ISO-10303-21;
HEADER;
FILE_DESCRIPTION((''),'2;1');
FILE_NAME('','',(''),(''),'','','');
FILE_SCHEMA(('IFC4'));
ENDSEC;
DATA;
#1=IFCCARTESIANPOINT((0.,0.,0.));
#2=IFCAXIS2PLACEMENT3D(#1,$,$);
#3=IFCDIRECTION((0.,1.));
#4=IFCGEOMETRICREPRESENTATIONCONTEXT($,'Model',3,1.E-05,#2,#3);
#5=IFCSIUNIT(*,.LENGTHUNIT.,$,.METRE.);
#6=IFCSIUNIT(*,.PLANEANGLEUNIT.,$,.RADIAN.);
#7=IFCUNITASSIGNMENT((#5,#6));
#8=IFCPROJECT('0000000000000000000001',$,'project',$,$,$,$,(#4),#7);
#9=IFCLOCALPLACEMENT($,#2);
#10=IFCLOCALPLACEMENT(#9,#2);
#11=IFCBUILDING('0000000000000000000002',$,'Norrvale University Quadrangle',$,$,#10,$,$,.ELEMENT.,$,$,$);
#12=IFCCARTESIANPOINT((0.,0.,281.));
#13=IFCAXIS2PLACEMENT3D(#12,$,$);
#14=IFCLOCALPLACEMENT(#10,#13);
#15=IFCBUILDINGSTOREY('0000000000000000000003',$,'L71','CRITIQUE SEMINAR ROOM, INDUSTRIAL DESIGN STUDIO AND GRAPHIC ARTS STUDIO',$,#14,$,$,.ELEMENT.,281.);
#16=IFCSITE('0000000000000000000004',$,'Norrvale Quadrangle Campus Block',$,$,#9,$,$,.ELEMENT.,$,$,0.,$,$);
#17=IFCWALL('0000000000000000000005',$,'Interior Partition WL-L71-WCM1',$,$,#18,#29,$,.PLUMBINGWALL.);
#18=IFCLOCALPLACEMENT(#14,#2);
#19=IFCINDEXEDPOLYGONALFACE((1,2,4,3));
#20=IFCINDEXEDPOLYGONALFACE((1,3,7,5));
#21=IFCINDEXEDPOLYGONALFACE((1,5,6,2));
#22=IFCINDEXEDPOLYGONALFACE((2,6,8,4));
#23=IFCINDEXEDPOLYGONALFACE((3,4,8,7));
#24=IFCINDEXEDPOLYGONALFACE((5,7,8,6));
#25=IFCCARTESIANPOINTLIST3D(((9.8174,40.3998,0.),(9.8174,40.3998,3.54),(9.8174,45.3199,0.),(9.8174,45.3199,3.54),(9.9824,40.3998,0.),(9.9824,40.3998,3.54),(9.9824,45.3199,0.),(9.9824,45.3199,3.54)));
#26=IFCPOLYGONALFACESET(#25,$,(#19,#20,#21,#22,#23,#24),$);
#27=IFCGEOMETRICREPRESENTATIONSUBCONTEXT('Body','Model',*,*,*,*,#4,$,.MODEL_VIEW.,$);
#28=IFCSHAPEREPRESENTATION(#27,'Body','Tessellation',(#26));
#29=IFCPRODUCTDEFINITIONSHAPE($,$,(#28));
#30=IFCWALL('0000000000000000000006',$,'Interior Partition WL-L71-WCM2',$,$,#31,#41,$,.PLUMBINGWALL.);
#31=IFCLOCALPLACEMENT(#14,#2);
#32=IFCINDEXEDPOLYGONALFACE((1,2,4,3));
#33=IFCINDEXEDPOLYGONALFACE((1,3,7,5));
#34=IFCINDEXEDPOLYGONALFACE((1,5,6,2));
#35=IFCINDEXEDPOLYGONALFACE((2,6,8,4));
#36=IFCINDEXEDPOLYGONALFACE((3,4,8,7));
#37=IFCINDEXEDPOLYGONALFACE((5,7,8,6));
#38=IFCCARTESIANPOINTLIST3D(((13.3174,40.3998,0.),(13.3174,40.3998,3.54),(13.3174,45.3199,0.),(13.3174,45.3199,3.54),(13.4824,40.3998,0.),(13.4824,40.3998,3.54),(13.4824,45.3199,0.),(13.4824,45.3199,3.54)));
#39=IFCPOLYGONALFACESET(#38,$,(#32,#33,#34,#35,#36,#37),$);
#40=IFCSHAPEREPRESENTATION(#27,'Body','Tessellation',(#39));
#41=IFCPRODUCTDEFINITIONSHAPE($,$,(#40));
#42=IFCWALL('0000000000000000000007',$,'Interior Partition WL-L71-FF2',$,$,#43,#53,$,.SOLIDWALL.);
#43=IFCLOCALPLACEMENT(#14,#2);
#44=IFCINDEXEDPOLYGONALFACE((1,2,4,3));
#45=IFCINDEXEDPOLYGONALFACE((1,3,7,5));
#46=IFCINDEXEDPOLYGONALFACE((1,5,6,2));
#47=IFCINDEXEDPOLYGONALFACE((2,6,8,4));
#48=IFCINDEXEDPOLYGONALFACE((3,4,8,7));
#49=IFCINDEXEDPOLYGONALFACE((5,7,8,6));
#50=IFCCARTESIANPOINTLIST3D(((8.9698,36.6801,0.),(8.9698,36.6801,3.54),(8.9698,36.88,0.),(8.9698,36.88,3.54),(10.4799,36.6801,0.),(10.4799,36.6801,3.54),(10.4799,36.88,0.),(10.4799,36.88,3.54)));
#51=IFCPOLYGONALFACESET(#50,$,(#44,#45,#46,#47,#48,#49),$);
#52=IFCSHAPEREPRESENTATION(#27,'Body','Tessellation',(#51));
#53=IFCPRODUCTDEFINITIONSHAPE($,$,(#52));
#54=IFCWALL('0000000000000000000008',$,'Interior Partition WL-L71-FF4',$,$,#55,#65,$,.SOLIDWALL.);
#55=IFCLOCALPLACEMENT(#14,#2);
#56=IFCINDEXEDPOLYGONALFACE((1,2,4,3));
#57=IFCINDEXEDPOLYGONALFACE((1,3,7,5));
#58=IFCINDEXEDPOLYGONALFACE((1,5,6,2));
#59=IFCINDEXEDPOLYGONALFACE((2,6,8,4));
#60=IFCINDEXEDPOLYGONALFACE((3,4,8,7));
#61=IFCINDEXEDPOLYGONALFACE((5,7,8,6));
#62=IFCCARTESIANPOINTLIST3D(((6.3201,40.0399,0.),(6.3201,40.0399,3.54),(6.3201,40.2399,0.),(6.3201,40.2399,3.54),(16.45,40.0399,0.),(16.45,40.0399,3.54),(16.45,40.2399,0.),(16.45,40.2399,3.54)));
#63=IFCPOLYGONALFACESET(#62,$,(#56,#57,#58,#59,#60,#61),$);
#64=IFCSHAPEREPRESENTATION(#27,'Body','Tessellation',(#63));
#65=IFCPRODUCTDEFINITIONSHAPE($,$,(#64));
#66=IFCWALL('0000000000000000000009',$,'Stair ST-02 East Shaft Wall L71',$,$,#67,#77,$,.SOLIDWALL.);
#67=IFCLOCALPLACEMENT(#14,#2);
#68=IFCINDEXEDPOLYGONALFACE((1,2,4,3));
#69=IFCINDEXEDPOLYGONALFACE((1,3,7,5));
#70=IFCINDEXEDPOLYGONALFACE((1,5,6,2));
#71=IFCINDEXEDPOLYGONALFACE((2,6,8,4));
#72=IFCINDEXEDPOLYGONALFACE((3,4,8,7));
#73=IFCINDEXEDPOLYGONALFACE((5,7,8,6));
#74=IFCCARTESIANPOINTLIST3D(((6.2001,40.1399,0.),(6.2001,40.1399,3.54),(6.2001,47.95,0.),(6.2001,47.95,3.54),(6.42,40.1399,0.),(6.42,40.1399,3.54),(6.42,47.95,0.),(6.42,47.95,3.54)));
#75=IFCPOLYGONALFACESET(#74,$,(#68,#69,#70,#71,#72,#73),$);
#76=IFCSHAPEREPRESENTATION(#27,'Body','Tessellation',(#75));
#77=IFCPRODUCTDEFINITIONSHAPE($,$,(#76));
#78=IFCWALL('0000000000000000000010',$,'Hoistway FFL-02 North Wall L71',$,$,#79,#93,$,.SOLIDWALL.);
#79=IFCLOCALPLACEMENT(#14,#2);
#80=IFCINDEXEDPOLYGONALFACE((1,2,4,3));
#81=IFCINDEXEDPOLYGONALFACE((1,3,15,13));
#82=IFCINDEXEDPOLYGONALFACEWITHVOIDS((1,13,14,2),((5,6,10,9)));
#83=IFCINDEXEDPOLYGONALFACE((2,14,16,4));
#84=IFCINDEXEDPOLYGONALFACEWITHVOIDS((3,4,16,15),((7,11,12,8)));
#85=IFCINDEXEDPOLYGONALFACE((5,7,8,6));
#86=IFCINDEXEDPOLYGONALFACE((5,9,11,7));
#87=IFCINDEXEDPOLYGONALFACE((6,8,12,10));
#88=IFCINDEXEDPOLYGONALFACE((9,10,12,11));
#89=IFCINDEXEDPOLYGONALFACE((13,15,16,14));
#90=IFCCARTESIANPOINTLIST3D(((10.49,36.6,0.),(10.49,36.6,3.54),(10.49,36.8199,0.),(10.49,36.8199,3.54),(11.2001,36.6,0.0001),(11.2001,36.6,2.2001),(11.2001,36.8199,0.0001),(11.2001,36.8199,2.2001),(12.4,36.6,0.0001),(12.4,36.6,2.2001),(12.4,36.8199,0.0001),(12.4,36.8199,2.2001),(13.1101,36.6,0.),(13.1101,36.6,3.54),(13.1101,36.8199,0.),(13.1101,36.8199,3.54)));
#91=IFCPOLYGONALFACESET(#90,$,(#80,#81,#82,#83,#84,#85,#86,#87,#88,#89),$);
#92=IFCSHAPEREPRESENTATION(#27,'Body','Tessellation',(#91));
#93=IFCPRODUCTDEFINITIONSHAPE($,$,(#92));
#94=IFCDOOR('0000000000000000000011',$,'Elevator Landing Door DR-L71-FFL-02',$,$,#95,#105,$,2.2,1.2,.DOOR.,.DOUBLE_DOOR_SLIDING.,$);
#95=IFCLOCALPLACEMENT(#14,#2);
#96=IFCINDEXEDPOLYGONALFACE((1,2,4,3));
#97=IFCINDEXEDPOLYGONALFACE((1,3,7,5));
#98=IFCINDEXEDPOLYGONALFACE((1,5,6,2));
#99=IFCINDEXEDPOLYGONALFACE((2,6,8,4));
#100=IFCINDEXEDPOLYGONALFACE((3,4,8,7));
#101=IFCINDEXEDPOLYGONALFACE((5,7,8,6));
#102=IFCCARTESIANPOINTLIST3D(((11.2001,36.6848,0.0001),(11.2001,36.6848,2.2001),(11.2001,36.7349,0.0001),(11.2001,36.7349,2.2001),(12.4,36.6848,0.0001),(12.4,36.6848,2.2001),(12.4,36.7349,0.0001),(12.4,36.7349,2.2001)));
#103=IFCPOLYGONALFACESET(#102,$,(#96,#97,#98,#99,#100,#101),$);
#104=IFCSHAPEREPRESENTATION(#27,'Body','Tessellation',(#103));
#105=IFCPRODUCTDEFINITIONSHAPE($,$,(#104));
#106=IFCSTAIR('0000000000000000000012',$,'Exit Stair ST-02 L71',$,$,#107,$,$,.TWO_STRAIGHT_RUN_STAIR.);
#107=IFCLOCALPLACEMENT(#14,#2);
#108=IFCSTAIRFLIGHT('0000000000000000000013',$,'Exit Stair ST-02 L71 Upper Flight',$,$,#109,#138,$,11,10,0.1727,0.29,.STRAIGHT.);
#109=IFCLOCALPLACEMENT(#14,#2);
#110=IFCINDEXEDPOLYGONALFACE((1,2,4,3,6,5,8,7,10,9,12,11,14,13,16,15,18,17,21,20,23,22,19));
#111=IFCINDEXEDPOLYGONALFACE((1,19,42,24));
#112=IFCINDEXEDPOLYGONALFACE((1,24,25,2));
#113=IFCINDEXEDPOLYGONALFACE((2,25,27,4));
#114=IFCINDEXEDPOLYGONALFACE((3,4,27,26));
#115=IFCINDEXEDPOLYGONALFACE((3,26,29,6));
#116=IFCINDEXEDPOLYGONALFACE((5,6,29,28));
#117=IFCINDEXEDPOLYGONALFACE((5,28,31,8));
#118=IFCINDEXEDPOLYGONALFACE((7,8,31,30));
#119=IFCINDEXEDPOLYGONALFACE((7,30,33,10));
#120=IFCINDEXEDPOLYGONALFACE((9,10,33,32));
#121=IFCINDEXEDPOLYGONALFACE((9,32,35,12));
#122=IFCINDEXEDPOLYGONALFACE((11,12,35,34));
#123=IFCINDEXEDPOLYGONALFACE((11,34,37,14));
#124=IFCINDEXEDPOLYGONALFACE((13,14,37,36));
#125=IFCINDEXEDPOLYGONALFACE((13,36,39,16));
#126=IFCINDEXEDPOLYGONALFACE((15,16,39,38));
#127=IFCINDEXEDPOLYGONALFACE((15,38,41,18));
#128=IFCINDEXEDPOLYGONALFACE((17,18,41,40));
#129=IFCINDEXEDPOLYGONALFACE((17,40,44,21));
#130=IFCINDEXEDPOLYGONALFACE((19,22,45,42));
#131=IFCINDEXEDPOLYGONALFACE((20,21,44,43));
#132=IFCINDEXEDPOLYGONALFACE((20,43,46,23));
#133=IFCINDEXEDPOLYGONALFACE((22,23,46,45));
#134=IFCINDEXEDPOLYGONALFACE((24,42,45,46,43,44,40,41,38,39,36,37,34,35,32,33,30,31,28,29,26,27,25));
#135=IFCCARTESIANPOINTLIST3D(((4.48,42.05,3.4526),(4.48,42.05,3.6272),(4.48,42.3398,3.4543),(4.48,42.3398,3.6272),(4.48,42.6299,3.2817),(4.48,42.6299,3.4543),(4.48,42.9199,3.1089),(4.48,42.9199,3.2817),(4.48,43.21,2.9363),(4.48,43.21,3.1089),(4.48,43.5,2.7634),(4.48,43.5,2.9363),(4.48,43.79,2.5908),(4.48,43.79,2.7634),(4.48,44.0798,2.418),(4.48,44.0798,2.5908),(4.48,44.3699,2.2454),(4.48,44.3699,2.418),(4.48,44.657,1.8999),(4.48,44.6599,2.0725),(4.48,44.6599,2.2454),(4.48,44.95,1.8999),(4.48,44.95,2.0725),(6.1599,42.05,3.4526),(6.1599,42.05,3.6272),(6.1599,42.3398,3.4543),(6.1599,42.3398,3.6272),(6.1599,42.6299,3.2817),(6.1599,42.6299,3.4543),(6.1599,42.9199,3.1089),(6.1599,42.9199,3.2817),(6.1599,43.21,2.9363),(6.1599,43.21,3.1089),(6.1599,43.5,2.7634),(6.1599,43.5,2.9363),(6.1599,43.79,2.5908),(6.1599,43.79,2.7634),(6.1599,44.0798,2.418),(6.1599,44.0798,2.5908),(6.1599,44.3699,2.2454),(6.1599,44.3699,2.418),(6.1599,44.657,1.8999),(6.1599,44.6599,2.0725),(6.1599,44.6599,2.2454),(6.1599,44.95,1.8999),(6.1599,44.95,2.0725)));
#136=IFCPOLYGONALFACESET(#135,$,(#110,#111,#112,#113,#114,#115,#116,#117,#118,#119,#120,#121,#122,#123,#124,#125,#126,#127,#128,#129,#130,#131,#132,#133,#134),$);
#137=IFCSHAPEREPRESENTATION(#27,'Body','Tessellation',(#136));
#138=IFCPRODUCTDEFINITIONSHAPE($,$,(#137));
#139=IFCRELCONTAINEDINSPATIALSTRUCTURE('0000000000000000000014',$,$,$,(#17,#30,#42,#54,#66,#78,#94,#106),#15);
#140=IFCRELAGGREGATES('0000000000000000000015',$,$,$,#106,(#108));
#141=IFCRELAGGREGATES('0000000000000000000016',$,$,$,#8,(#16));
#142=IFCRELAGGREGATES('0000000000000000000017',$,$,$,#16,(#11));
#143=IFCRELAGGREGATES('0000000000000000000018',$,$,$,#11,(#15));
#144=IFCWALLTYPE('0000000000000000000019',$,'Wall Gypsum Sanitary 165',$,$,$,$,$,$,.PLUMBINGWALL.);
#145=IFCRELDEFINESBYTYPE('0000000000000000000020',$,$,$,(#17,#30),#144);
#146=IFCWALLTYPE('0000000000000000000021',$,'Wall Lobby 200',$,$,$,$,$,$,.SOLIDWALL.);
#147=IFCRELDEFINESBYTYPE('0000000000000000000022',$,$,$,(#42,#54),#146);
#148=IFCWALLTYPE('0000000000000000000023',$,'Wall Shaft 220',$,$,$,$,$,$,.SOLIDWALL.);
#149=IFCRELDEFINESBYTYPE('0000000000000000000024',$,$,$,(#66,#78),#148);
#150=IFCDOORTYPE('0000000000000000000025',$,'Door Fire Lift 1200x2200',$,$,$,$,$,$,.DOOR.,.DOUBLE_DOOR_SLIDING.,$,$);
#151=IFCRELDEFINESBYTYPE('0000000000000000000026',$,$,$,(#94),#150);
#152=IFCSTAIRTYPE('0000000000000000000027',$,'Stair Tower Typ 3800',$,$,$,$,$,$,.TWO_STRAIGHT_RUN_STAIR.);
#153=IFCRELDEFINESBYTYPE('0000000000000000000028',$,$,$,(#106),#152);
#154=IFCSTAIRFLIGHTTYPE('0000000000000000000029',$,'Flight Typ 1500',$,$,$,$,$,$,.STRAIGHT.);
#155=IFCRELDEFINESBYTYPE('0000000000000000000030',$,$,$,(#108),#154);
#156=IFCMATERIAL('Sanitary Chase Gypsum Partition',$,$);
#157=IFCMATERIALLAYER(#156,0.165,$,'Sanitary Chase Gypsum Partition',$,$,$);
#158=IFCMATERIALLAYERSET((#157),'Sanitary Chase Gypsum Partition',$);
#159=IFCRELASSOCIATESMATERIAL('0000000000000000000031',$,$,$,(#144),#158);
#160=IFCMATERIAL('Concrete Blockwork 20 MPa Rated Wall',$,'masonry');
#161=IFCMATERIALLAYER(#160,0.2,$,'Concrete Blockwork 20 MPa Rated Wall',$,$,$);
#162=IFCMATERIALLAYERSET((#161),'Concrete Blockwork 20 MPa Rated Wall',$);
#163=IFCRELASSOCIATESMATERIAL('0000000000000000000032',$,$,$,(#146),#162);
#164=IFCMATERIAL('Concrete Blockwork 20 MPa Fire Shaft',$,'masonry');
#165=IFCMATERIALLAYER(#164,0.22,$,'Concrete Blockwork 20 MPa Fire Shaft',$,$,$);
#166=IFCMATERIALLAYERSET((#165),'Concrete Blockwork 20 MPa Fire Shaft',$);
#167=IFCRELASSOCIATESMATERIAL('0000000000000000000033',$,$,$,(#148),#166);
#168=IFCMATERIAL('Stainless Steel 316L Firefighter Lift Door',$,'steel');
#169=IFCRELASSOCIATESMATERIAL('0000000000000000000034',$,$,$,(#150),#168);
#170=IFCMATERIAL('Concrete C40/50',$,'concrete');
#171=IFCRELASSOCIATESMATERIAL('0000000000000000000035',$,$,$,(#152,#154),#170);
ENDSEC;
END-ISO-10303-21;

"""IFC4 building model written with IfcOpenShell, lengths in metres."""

from ifc_helpers import new_model, si_unit, direction, frame, frame_2d, origin, place, context, subcontext, project, spatial, polyline, rectangle, outline, extrude, material, layer, layer_set, type_object, element, fill, aggregate, save


model = new_model("IFC4")

# Units and contexts
model_context = context("Model", 3, precision=1e-05, world=origin(), true_north=direction((0.0, 1.0)))
body_context = subcontext(model_context, "Body", "Model", "MODEL_VIEW")
ifc_project = project(units=[si_unit("LENGTHUNIT", "METRE"), si_unit("PLANEANGLEUNIT", "RADIAN")], contexts=[model_context])

# Site, building, storey
site_placement = place(None, origin())
site = spatial("IfcSite", under=ifc_project, at=site_placement, Name="Norrvale Quadrangle Campus Block", CompositionType="ELEMENT", RefElevation=0.0)
building_placement = place(site_placement, origin())
building = spatial("IfcBuilding", under=site, at=building_placement, Name="Norrvale University Quadrangle", CompositionType="ELEMENT")
storey_placement = place(building_placement, frame((0.0, 0.0, 281.0)))
storey = spatial("IfcBuildingStorey", under=building, at=storey_placement, Name="L71", Description="CRITIQUE SEMINAR ROOM, INDUSTRIAL DESIGN STUDIO AND GRAPHIC ARTS STUDIO", CompositionType="ELEMENT", Elevation=281.0)

# Shared definitions
ifc_material_1 = material(Name="Sanitary Chase Gypsum Partition")
ifc_layer_1 = layer(ifc_material_1, 0.165, Name="Sanitary Chase Gypsum Partition")
ifc_layer_set_1 = layer_set([ifc_layer_1], Name="Sanitary Chase Gypsum Partition")
wall_type_1 = type_object("IfcWallType", Name="Wall Gypsum Sanitary 165", PredefinedType="PLUMBINGWALL", material=ifc_layer_set_1)

# Walls
for number, where, z_axis, x_axis, name in (
    (1, (9.8999, 40.3999, 0.0), (0.0, 0.0, 1.0), (0.0, 1.0, 0.0), "Interior Partition WL-L71-WCM1"),
    (2, (13.3999, 40.3999, 0.0), (0.0, 0.0, 1.0), (0.0, 1.0, 0.0), "Interior Partition WL-L71-WCM2"),
):
    element("IfcWall", number, at=place(storey_placement, frame(where, z_axis=z_axis, x_axis=x_axis)), inside=storey, type_object=wall_type_1, Name=name, PredefinedType="PLUMBINGWALL", context=body_context, shape_type="SweptSolid", body=[
        extrude(rectangle(XDim=4.9202, YDim=0.165, at=frame_2d((2.46, 0.0))), origin(), (0.0, 0.0, 1.0), 3.54),
    ])
ifc_material_2 = material(Name="Concrete Blockwork 20 MPa Rated Wall", Category="masonry")
ifc_layer_2 = layer(ifc_material_2, 0.2, Name="Concrete Blockwork 20 MPa Rated Wall")
ifc_layer_set_2 = layer_set([ifc_layer_2], Name="Concrete Blockwork 20 MPa Rated Wall")
wall_type_2 = type_object("IfcWallType", Name="Wall Lobby 200", PredefinedType="SOLIDWALL", material=ifc_layer_set_2)
wall_1_placement = place(storey_placement, frame((8.97, 36.78, 0.0), z_axis=(0.0, 0.0, 1.0), x_axis=(1.0, 0.0, 0.0)))
element("IfcWall", 3, at=wall_1_placement, inside=storey, type_object=wall_type_2, Name="Interior Partition WL-L71-FF2", PredefinedType="SOLIDWALL", context=body_context, shape_type="SweptSolid", body=[
    extrude(rectangle(XDim=1.51, YDim=0.2, at=frame_2d((0.7549, 0.0))), origin(), (0.0, 0.0, 1.0), 3.54),
])
wall_2_placement = place(storey_placement, frame((6.3201, 40.1399, 0.0), z_axis=(0.0, 0.0, 1.0), x_axis=(1.0, 0.0, 0.0)))
element("IfcWall", 4, at=wall_2_placement, inside=storey, type_object=wall_type_2, Name="Interior Partition WL-L71-FF4", PredefinedType="SOLIDWALL", context=body_context, shape_type="SweptSolid", body=[
    extrude(rectangle(XDim=10.1299, YDim=0.2, at=frame_2d((5.0649, 0.0))), origin(), (0.0, 0.0, 1.0), 3.54),
])
ifc_material_3 = material(Name="Concrete Blockwork 20 MPa Fire Shaft", Category="masonry")
ifc_layer_3 = layer(ifc_material_3, 0.22, Name="Concrete Blockwork 20 MPa Fire Shaft")
ifc_layer_set_3 = layer_set([ifc_layer_3], Name="Concrete Blockwork 20 MPa Fire Shaft")
wall_type_3 = type_object("IfcWallType", Name="Wall Shaft 220", PredefinedType="SOLIDWALL", material=ifc_layer_set_3)
wall_3_placement = place(storey_placement, frame((6.3101, 40.1399, 0.0), z_axis=(0.0, 0.0, 1.0), x_axis=(0.0, 1.0, 0.0)))
element("IfcWall", 5, at=wall_3_placement, inside=storey, type_object=wall_type_3, Name="Stair ST-02 East Shaft Wall L71", PredefinedType="SOLIDWALL", context=body_context, shape_type="SweptSolid", body=[
    extrude(rectangle(XDim=7.8101, YDim=0.22, at=frame_2d((3.905, 0.0))), origin(), (0.0, 0.0, 1.0), 3.54),
])

# Wall, opening, door
wall_4_placement = place(storey_placement, frame((10.49, 36.71, 0.0), z_axis=(0.0, 0.0, 1.0), x_axis=(1.0, 0.0, 0.0)))
wall_4 = element("IfcWall", 6, at=wall_4_placement, inside=storey, type_object=wall_type_3, Name="Hoistway FFL-02 North Wall L71", PredefinedType="SOLIDWALL", context=body_context, shape_type="SweptSolid", body=[
    extrude(rectangle(XDim=2.6201, YDim=0.22, at=frame_2d((1.3101, 0.0))), origin(), (0.0, 0.0, 1.0), 3.54),
])
opening_1_placement = place(wall_4_placement, frame((0.71, 0.0, 0.0)))
opening_1 = element("IfcOpeningElement", 7, at=opening_1_placement, cuts=wall_4, PredefinedType="OPENING", context=body_context, shape_type="SweptSolid", body=[
    extrude(rectangle(XDim=1.2, YDim=2.2, at=frame_2d((0.6001, 1.1001))), frame((0.0, 0.1221, 0.0), z_axis=(0.0, -1.0, 0.0), x_axis=(1.0, 0.0, 0.0)), (0.0, 0.0, 1.0), 0.2439),
])
ifc_material_4 = material(Name="Stainless Steel 316L Firefighter Lift Door", Category="steel")
door_type_1 = type_object("IfcDoorType", Name="Door Fire Lift 1200x2200", OperationType="DOUBLE_DOOR_SLIDING", PredefinedType="DOOR", material=ifc_material_4)
door_1_placement = place(opening_1_placement, origin())
door_1 = element("IfcDoor", 8, at=door_1_placement, inside=storey, type_object=door_type_1, Name="Elevator Landing Door DR-L71-FFL-02", OperationType="DOUBLE_DOOR_SLIDING", OverallHeight=2.2, OverallWidth=1.2, PredefinedType="DOOR", context=body_context, shape_type="SweptSolid", body=[
    extrude(rectangle(XDim=1.2, YDim=2.2, at=frame_2d((0.6001, 1.1001))), frame((0.0, 0.0249, 0.0), z_axis=(0.0, -1.0, 0.0), x_axis=(1.0, 0.0, 0.0)), (0.0, 0.0, 1.0), 0.05),
])
fill(opening_1, door_1)

# Stair, stair flight
ifc_material_5 = material(Name="Concrete C40/50", Category="concrete")
stair_type = type_object("IfcStairType", Name="Stair Tower Typ 3800", PredefinedType="TWO_STRAIGHT_RUN_STAIR", material=ifc_material_5)
stair_placement = place(storey_placement, origin())
stair = element("IfcStair", 9, at=stair_placement, inside=storey, type_object=stair_type, Name="Exit Stair ST-02 L71", PredefinedType="TWO_STRAIGHT_RUN_STAIR")
stair_flight_type = type_object("IfcStairFlightType", Name="Flight Typ 1500", PredefinedType="STRAIGHT", material=ifc_material_5)
stair_flight_placement = place(storey_placement, frame((5.3201, 44.95, 1.8999), z_axis=(0.0, 0.0, 1.0), x_axis=(0.0, -1.0, 0.0)))
stair_flight = element("IfcStairFlight", 10, at=stair_flight_placement, type_object=stair_flight_type, Name="Exit Stair ST-02 L71 Upper Flight", NumberOfRisers=11, NumberOfTreads=10, PredefinedType="STRAIGHT", RiserHeight=0.1727, TreadLength=0.29, context=body_context, shape_type="SweptSolid", body=[
    extrude(outline(polyline([(0.0, 0.0), (0.0, 0.1726), (0.29, 0.1726), (0.29, 0.3455), (0.5801, 0.3455), (0.5801, 0.5181), (0.8701, 0.5181), (0.8701, 0.6909), (1.1599, 0.6909), (1.1599, 0.8635), (1.45, 0.8635), (1.45, 1.0364), (1.74, 1.0364), (1.74, 1.209), (2.03, 1.209), (2.03, 1.3818), (2.3201, 1.3818), (2.3201, 1.5544), (2.6101, 1.5544), (2.6101, 1.7273), (2.8999, 1.7273), (2.8999, 1.8999), (2.8999, 1.5527), (0.293, 0.0), (0.0, 0.0)])), frame((0.0, 0.8398, 0.0), z_axis=(0.0, -1.0, 0.0), x_axis=(1.0, 0.0, 0.0)), (0.0, 0.0, 1.0), 1.6799),
])
aggregate(stair, [stair_flight])

save(model, "model.ifc")
